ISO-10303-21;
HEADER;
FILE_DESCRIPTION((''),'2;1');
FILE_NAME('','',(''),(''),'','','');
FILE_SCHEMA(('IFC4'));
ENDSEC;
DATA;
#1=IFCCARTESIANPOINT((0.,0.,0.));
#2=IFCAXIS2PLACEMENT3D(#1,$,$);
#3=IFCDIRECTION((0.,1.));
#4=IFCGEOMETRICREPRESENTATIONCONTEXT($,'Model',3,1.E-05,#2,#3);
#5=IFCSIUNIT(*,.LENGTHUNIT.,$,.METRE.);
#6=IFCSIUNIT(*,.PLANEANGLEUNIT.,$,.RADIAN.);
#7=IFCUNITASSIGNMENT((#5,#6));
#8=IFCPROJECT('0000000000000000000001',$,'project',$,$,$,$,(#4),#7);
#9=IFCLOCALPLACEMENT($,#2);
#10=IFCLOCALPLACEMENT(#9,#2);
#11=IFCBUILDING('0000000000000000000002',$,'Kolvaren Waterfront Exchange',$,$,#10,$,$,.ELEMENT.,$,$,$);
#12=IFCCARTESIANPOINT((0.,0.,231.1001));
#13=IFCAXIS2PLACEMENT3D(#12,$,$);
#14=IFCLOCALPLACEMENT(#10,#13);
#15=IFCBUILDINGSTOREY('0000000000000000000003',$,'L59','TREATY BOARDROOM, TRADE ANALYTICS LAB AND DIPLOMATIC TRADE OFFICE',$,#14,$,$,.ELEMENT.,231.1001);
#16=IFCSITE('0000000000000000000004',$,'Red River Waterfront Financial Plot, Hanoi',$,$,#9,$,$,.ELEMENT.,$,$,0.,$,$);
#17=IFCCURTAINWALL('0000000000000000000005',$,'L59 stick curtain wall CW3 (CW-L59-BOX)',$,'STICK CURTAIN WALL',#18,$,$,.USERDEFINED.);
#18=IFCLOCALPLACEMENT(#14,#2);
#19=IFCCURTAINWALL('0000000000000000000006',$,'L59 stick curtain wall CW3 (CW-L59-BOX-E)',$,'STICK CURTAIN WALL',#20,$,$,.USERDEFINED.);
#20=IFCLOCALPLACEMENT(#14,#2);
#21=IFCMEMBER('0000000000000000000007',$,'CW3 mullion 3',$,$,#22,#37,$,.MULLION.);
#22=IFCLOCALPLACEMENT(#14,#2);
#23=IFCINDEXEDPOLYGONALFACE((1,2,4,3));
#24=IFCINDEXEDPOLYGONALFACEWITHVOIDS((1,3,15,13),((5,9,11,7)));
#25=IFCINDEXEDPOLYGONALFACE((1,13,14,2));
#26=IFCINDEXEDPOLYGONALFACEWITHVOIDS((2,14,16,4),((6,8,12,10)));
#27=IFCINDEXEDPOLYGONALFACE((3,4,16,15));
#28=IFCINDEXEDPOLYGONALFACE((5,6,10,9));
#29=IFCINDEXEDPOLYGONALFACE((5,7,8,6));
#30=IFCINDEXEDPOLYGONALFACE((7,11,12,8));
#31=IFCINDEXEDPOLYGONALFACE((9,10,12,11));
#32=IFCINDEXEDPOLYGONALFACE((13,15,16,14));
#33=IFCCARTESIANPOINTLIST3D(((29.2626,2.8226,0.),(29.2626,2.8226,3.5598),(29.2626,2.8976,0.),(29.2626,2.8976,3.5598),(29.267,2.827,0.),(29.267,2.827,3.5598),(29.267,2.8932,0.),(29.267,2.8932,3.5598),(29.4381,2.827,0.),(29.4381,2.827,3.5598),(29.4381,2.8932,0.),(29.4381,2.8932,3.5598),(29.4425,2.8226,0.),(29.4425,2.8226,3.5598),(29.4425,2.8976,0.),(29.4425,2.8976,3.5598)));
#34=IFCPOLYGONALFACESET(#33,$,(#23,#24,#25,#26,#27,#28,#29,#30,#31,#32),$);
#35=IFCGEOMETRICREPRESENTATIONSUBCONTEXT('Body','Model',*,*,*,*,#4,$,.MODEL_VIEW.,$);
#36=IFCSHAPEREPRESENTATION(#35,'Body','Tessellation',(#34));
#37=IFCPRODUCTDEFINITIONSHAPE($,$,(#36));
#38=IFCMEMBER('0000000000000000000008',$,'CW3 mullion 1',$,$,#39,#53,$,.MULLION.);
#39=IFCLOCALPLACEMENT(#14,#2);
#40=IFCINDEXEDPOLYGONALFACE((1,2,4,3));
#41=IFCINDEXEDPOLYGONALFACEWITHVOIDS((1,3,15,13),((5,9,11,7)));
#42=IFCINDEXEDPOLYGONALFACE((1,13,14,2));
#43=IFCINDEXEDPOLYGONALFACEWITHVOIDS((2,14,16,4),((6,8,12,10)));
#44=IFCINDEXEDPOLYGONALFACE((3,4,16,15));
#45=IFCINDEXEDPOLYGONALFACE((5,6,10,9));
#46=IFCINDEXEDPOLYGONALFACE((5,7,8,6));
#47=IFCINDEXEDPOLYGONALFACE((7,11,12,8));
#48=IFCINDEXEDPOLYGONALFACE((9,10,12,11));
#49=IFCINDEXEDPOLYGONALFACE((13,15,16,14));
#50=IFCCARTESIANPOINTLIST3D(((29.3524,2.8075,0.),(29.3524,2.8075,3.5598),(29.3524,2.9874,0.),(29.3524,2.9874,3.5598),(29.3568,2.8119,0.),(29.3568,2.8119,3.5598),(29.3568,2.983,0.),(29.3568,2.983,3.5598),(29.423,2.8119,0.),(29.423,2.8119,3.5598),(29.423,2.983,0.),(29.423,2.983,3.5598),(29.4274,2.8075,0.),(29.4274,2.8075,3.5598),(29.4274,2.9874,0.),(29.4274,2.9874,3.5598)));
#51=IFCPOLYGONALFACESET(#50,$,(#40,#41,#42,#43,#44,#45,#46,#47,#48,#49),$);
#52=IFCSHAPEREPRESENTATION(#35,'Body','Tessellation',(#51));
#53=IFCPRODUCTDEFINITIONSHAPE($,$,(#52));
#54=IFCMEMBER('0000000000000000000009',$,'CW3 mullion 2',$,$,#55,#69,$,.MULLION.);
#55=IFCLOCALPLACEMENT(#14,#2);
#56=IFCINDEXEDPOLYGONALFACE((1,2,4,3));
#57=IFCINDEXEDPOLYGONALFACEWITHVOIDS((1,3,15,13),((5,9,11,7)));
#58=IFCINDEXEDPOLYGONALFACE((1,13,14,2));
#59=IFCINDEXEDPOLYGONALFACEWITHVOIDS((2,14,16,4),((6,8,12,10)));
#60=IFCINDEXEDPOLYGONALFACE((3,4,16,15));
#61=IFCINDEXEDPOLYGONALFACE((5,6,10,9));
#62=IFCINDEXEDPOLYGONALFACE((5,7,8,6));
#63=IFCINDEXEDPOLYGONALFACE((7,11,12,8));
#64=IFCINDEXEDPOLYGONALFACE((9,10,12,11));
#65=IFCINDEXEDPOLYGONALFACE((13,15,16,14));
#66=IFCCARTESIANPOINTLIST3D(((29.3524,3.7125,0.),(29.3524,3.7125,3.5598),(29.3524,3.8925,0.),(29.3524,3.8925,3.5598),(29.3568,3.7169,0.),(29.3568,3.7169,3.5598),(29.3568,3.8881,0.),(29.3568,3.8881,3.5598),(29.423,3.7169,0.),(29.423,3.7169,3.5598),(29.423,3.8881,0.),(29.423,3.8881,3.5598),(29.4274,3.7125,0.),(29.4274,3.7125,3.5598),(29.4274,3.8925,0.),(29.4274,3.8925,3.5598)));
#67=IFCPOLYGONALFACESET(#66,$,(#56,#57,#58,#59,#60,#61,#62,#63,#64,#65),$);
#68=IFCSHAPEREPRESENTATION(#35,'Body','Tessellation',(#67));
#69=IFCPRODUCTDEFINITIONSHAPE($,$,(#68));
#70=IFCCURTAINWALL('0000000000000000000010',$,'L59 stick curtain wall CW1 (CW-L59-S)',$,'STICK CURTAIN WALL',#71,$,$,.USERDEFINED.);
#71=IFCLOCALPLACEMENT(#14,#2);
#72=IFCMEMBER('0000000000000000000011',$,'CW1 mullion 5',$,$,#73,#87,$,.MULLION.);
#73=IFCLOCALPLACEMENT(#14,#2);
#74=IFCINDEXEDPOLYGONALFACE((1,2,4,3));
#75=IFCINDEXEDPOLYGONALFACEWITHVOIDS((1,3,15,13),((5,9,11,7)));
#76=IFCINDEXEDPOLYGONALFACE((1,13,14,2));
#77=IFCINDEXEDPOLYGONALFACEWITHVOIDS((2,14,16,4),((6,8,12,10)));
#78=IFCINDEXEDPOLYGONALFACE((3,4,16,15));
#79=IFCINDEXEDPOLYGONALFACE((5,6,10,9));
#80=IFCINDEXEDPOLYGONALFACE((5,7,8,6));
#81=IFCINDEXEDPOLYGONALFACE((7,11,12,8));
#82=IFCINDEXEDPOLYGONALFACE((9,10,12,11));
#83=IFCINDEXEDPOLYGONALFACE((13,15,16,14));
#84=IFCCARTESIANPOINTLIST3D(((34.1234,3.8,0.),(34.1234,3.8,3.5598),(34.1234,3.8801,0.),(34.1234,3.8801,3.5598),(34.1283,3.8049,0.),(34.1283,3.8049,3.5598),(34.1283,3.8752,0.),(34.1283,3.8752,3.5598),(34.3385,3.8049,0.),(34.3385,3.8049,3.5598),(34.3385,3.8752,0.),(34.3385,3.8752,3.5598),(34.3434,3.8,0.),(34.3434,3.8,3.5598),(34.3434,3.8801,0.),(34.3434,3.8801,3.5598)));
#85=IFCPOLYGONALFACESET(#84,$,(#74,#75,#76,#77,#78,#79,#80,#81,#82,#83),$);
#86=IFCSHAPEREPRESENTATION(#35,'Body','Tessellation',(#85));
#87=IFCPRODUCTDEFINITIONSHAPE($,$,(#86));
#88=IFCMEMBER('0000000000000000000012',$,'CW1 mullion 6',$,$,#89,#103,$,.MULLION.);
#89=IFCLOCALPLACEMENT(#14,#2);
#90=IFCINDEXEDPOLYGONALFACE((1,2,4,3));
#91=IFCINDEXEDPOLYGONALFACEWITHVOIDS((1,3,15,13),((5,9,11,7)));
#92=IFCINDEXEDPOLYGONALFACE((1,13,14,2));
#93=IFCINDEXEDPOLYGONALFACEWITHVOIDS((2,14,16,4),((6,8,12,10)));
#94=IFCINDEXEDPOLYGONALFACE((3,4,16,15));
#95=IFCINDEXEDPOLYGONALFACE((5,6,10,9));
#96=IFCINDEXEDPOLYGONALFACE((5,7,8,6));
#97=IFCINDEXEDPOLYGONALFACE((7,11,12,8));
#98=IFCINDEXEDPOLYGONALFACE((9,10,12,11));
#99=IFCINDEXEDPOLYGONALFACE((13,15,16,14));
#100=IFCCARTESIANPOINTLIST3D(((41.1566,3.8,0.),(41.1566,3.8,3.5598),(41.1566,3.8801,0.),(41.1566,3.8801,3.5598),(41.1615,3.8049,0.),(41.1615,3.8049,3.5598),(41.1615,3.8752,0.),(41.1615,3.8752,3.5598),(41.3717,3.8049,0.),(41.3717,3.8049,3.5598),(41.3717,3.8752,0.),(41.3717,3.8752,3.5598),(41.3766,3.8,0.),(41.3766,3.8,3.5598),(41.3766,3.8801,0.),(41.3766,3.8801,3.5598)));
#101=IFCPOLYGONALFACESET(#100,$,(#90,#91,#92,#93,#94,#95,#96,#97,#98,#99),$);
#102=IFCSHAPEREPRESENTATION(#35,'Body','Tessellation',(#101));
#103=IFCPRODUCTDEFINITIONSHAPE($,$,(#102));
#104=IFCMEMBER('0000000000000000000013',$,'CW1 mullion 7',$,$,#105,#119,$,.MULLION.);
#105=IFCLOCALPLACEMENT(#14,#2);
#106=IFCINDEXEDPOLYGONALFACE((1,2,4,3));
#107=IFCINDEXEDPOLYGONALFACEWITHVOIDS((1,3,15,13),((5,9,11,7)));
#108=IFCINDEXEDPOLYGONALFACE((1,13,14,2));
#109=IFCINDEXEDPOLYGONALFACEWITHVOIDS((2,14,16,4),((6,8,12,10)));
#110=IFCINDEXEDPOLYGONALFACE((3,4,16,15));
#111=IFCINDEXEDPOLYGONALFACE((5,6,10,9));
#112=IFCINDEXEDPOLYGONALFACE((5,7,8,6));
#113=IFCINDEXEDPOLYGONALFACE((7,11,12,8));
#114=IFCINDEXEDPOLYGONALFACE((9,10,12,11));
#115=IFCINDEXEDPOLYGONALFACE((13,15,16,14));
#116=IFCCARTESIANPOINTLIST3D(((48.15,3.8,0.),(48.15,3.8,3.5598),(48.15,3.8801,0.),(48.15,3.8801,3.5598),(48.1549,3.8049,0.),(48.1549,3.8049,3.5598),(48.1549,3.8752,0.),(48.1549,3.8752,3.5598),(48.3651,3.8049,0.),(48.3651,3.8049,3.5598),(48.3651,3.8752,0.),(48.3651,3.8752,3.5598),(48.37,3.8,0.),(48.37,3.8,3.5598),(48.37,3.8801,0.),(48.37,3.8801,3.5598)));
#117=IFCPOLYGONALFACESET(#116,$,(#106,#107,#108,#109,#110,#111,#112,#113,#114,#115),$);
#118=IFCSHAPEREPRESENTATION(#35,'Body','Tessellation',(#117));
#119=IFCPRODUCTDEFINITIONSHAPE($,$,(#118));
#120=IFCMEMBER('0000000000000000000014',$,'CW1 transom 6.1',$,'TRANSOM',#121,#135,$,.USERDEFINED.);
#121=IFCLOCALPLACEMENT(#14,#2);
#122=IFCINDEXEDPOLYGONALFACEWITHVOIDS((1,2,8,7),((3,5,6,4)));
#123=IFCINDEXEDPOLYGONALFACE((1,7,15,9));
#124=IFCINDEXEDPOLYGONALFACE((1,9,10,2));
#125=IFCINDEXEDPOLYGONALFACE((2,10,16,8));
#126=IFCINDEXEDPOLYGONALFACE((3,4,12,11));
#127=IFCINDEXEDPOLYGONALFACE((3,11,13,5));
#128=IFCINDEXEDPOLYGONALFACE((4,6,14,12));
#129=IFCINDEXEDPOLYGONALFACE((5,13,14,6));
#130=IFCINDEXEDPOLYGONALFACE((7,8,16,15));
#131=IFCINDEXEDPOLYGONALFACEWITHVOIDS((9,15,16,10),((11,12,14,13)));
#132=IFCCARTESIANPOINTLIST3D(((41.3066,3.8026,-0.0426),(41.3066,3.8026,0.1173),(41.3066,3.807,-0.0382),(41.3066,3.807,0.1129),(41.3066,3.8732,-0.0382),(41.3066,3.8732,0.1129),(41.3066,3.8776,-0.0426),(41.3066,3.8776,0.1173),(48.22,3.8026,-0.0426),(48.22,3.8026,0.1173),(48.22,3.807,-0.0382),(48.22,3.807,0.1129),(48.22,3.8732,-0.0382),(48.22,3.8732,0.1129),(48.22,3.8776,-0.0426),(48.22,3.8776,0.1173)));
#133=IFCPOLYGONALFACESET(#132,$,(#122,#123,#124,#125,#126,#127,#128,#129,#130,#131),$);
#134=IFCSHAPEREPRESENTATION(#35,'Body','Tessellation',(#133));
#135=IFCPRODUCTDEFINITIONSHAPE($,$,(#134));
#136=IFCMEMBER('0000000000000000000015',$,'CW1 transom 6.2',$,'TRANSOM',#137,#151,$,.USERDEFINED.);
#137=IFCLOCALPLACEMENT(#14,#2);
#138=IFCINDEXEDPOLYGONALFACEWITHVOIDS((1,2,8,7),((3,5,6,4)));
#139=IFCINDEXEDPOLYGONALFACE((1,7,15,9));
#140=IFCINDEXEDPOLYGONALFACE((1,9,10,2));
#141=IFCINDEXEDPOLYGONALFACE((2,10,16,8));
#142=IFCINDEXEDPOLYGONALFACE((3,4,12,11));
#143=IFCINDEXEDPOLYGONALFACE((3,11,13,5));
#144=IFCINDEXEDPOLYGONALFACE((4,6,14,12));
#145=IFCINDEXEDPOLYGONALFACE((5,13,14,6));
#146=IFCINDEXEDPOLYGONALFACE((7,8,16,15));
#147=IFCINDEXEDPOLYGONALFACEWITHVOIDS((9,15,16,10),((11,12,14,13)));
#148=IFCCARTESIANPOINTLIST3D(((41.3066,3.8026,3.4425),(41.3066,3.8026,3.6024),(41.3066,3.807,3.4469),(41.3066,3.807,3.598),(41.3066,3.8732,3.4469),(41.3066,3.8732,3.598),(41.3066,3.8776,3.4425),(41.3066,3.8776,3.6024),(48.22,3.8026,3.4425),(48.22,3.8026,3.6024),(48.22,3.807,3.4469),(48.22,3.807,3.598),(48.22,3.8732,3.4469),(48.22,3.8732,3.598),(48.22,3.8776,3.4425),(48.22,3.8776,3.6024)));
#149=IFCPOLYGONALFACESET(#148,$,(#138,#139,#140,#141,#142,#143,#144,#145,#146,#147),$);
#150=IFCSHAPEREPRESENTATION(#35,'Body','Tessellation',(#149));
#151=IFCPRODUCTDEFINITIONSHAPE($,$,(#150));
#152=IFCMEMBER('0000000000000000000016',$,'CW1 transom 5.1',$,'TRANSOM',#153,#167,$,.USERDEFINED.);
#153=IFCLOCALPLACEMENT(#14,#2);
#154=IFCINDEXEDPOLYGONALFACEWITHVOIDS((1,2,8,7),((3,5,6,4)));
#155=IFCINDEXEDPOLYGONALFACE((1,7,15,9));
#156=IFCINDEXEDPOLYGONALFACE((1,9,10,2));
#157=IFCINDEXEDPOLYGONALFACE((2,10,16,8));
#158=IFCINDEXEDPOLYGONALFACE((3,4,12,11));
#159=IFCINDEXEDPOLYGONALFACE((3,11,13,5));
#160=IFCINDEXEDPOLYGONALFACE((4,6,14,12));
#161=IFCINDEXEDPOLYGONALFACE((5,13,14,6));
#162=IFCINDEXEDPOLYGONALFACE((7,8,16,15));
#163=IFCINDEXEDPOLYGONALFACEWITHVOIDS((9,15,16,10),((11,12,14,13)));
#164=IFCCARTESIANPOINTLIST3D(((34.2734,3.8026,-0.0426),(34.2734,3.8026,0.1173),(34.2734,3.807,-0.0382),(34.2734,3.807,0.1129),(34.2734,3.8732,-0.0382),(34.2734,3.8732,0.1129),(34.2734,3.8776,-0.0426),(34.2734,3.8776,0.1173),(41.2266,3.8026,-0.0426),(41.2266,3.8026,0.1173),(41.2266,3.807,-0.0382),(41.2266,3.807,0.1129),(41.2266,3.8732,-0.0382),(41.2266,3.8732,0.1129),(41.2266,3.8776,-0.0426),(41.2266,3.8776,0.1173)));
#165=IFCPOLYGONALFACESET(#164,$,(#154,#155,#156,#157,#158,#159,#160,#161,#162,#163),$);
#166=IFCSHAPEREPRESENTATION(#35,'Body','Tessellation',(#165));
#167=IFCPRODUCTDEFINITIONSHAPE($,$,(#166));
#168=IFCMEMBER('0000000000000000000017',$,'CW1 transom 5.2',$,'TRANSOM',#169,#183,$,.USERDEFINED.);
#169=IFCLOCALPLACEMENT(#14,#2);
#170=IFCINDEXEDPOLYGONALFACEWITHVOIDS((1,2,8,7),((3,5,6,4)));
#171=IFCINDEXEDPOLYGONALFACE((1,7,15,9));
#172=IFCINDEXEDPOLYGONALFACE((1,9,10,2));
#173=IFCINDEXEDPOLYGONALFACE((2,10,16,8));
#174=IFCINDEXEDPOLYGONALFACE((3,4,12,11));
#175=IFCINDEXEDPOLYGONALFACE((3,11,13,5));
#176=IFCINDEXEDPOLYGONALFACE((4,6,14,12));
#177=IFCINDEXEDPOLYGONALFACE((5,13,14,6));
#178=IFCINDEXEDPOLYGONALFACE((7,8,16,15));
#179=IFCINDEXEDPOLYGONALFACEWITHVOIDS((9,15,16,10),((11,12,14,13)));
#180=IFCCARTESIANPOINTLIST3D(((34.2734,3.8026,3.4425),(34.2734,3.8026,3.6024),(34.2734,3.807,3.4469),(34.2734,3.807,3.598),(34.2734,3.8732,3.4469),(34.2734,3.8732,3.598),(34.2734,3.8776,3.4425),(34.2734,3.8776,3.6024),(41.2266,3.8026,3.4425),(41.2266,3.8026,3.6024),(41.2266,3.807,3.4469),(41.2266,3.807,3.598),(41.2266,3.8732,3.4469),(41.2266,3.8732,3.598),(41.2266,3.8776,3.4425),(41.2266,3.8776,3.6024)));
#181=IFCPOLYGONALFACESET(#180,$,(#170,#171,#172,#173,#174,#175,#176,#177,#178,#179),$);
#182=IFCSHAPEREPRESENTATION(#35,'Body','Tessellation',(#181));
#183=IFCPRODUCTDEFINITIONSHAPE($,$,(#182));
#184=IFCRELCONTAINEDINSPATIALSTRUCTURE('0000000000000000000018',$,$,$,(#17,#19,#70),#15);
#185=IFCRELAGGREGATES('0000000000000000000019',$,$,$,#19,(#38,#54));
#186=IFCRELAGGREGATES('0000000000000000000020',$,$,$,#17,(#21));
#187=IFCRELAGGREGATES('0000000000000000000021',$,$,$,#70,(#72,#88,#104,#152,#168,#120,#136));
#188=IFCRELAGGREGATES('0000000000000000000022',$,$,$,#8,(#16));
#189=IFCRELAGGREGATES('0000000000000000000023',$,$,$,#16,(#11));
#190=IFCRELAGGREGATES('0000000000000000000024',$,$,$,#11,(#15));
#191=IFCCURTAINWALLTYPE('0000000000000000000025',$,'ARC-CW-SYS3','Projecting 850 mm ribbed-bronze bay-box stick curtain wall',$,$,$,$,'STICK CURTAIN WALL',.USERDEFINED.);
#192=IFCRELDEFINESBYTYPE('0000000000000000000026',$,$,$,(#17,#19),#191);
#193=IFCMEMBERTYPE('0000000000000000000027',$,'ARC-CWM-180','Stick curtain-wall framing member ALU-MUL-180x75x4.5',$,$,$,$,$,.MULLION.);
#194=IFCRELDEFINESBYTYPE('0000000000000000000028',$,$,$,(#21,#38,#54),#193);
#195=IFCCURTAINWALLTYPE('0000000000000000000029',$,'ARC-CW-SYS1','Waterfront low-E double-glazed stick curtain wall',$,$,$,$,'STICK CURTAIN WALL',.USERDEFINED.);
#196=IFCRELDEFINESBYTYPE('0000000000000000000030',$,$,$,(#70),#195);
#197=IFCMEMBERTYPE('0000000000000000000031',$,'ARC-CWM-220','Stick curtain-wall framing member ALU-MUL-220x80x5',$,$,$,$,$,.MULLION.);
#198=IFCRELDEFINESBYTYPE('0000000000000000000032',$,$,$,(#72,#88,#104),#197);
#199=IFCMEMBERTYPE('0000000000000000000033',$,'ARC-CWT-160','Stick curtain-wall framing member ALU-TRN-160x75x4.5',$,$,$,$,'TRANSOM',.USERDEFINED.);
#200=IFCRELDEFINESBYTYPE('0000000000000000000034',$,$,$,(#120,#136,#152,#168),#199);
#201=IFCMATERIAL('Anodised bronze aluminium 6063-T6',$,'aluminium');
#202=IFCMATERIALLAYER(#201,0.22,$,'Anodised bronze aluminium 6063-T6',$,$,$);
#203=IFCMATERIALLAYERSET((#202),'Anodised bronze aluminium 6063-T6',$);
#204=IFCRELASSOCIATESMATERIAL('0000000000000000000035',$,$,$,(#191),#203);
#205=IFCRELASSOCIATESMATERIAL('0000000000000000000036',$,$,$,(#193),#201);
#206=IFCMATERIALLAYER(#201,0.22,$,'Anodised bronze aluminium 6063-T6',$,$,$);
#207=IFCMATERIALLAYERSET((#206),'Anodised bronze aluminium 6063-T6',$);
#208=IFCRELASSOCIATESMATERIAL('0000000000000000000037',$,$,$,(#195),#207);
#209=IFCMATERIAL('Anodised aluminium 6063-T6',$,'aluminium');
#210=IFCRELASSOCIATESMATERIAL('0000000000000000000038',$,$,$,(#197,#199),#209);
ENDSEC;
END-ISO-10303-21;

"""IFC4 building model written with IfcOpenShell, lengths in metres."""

from ifc_helpers import new_model, si_unit, direction, frame, origin, origin_with_axes, origin_2d, place, context, subcontext, project, spatial, hollow_rectangle, extrude, source, transform, mapped, material, layer, layer_set, material_profile, profile_set, type_object, element, aggregate, save


model = new_model("IFC4")

# Units and contexts
model_context = context("Model", 3, precision=1e-05, world=origin(), true_north=direction((0.0, 1.0)))
body_context = subcontext(model_context, "Body", "Model", "MODEL_VIEW")
ifc_project = project(units=[si_unit("LENGTHUNIT", "METRE"), si_unit("PLANEANGLEUNIT", "RADIAN")], contexts=[model_context])

# Site, building, storey
site_placement = place(None, origin())
site = spatial("IfcSite", under=ifc_project, at=site_placement, Name="Red River Waterfront Financial Plot, Hanoi", CompositionType="ELEMENT", RefElevation=0.0)
building_placement = place(site_placement, origin())
building = spatial("IfcBuilding", under=site, at=building_placement, Name="Kolvaren Waterfront Exchange", CompositionType="ELEMENT")
storey_placement = place(building_placement, frame((0.0, 0.0, 231.1001)))
storey = spatial("IfcBuildingStorey", under=building, at=storey_placement, Name="L59", Description="TREATY BOARDROOM, TRADE ANALYTICS LAB AND DIPLOMATIC TRADE OFFICE", CompositionType="ELEMENT", Elevation=231.1001)

# Curtain walls
ifc_material_1 = material(Name="Anodised bronze aluminium 6063-T6", Category="aluminium")
ifc_layer_1 = layer(ifc_material_1, 0.22, Name="Anodised bronze aluminium 6063-T6")
ifc_layer_set_1 = layer_set([ifc_layer_1], Name="Anodised bronze aluminium 6063-T6")
curtain_wall_type_1 = type_object("IfcCurtainWallType", Name="ARC-CW-SYS3", Description="Projecting 850 mm ribbed-bronze bay-box stick curtain wall", ElementType="STICK CURTAIN WALL", PredefinedType="USERDEFINED", material=ifc_layer_set_1)
curtain_wall_1_placement = place(storey_placement, origin())
curtain_wall_1 = element("IfcCurtainWall", 1, at=curtain_wall_1_placement, inside=storey, type_object=curtain_wall_type_1, Name="L59 stick curtain wall CW3 (CW-L59-BOX)", ObjectType="STICK CURTAIN WALL", PredefinedType="USERDEFINED")
curtain_wall_2_placement = place(storey_placement, origin())
curtain_wall_2 = element("IfcCurtainWall", 2, at=curtain_wall_2_placement, inside=storey, type_object=curtain_wall_type_1, Name="L59 stick curtain wall CW3 (CW-L59-BOX-E)", ObjectType="STICK CURTAIN WALL", PredefinedType="USERDEFINED")

# Members
ifc_material_profile_1 = material_profile(ifc_material_1, hollow_rectangle(XDim=0.075, YDim=0.1799, WallThickness=0.0044, at=origin_2d()), Name="ALU-MUL-180x75x4.5")
ifc_profile_set_1 = profile_set([ifc_material_profile_1], Name="Anodised bronze aluminium 6063-T6")
member_type_1 = type_object("IfcMemberType", Name="ARC-CWM-180", Description="Stick curtain-wall framing member ALU-MUL-180x75x4.5", PredefinedType="MULLION", material=ifc_profile_set_1)
shared_shape_1 = source(origin_with_axes(), body_context, "Body", "SweptSolid", [
    extrude(hollow_rectangle(XDim=0.075, YDim=0.1799, WallThickness=0.0044, at=origin_2d()), origin(), (0.0, 0.0, 1.0), 3.5598),
])
member_1_placement = place(storey_placement, frame((29.3525, 2.8601, 0.0), z_axis=(0.0, 0.0, 1.0), x_axis=(0.0, 1.0, 0.0)))
member_1 = element("IfcMember", 3, at=member_1_placement, type_object=member_type_1, Name="CW3 mullion 3", PredefinedType="MULLION", context=body_context, shape_type="MappedRepresentation", body=[
    mapped(shared_shape_1, transform((0.0, 0.0, 0.0), x_axis=(1.0, 0.0, 0.0), y_axis=(0.0, 1.0, 0.0), z_axis=(0.0, 0.0, 1.0), scale=1.0)),
])
member_2_placement = place(storey_placement, frame((29.3899, 2.8975, 0.0), z_axis=(0.0, 0.0, 1.0), x_axis=(-1.0, 0.0, 0.0)))
member_2 = element("IfcMember", 4, at=member_2_placement, type_object=member_type_1, Name="CW3 mullion 1", PredefinedType="MULLION", context=body_context, shape_type="MappedRepresentation", body=[
    mapped(shared_shape_1, transform((0.0, 0.0, 0.0), x_axis=(1.0, 0.0, 0.0), y_axis=(0.0, 1.0, 0.0), z_axis=(0.0, 0.0, 1.0), scale=1.0)),
])
member_3_placement = place(storey_placement, frame((29.3899, 3.8025, 0.0), z_axis=(0.0, 0.0, 1.0), x_axis=(-1.0, 0.0, 0.0)))
member_3 = element("IfcMember", 5, at=member_3_placement, type_object=member_type_1, Name="CW3 mullion 2", PredefinedType="MULLION", context=body_context, shape_type="MappedRepresentation", body=[
    mapped(shared_shape_1, transform((0.0, 0.0, 0.0), x_axis=(1.0, 0.0, 0.0), y_axis=(0.0, 1.0, 0.0), z_axis=(0.0, 0.0, 1.0), scale=1.0)),
])

# Curtain wall, members
ifc_layer_2 = layer(ifc_material_1, 0.22, Name="Anodised bronze aluminium 6063-T6")
ifc_layer_set_2 = layer_set([ifc_layer_2], Name="Anodised bronze aluminium 6063-T6")
curtain_wall_type_2 = type_object("IfcCurtainWallType", Name="ARC-CW-SYS1", Description="Waterfront low-E double-glazed stick curtain wall", ElementType="STICK CURTAIN WALL", PredefinedType="USERDEFINED", material=ifc_layer_set_2)
curtain_wall_3_placement = place(storey_placement, origin())
curtain_wall_3 = element("IfcCurtainWall", 6, at=curtain_wall_3_placement, inside=storey, type_object=curtain_wall_type_2, Name="L59 stick curtain wall CW1 (CW-L59-S)", ObjectType="STICK CURTAIN WALL", PredefinedType="USERDEFINED")
ifc_material_2 = material(Name="Anodised aluminium 6063-T6", Category="aluminium")
ifc_material_profile_2 = material_profile(ifc_material_2, hollow_rectangle(XDim=0.0801, YDim=0.22, WallThickness=0.0049, at=origin_2d()), Name="ALU-MUL-220x80x5")
ifc_profile_set_2 = profile_set([ifc_material_profile_2], Name="Anodised aluminium 6063-T6")
member_type_2 = type_object("IfcMemberType", Name="ARC-CWM-220", Description="Stick curtain-wall framing member ALU-MUL-220x80x5", PredefinedType="MULLION", material=ifc_profile_set_2)
shared_shape_2 = source(origin_with_axes(), body_context, "Body", "SweptSolid", [
    extrude(hollow_rectangle(XDim=0.0801, YDim=0.22, WallThickness=0.0049, at=origin_2d()), origin(), (0.0, 0.0, 1.0), 3.5598),
])
member_4_placement = place(storey_placement, frame((34.2334, 3.8401, 0.0), z_axis=(0.0, 0.0, 1.0), x_axis=(0.0, 1.0, 0.0)))
member_4 = element("IfcMember", 7, at=member_4_placement, type_object=member_type_2, Name="CW1 mullion 5", PredefinedType="MULLION", context=body_context, shape_type="MappedRepresentation", body=[
    mapped(shared_shape_2, transform((0.0, 0.0, 0.0), x_axis=(1.0, 0.0, 0.0), y_axis=(0.0, 1.0, 0.0), z_axis=(0.0, 0.0, 1.0), scale=1.0)),
])
member_5_placement = place(storey_placement, frame((41.2666, 3.8401, 0.0), z_axis=(0.0, 0.0, 1.0), x_axis=(0.0, 1.0, 0.0)))
member_5 = element("IfcMember", 8, at=member_5_placement, type_object=member_type_2, Name="CW1 mullion 6", PredefinedType="MULLION", context=body_context, shape_type="MappedRepresentation", body=[
    mapped(shared_shape_2, transform((0.0, 0.0, 0.0), x_axis=(1.0, 0.0, 0.0), y_axis=(0.0, 1.0, 0.0), z_axis=(0.0, 0.0, 1.0), scale=1.0)),
])
member_6_placement = place(storey_placement, frame((48.26, 3.8401, 0.0), z_axis=(0.0, 0.0, 1.0), x_axis=(0.0, 1.0, 0.0)))
member_6 = element("IfcMember", 9, at=member_6_placement, type_object=member_type_2, Name="CW1 mullion 7", PredefinedType="MULLION", context=body_context, shape_type="MappedRepresentation", body=[
    mapped(shared_shape_2, transform((0.0, 0.0, 0.0), x_axis=(1.0, 0.0, 0.0), y_axis=(0.0, 1.0, 0.0), z_axis=(0.0, 0.0, 1.0), scale=1.0)),
])
ifc_material_profile_3 = material_profile(ifc_material_2, hollow_rectangle(XDim=0.075, YDim=0.1599, WallThickness=0.0044, at=origin_2d()), Name="ALU-TRN-160x75x4.5")
ifc_profile_set_3 = profile_set([ifc_material_profile_3], Name="Anodised aluminium 6063-T6")
member_type_3 = type_object("IfcMemberType", Name="ARC-CWT-160", Description="Stick curtain-wall framing member ALU-TRN-160x75x4.5", ElementType="TRANSOM", PredefinedType="USERDEFINED", material=ifc_profile_set_3)
shared_shape_3 = source(origin_with_axes(), body_context, "Body", "SweptSolid", [
    extrude(hollow_rectangle(XDim=0.075, YDim=0.1599, WallThickness=0.0044, at=origin_2d()), origin(), (0.0, 0.0, 1.0), 6.9133),
])
member_7_placement = place(storey_placement, frame((41.3066, 3.8401, 0.0374), z_axis=(1.0, 0.0, 0.0), x_axis=(0.0, 1.0, 0.0)))
member_7 = element("IfcMember", 10, at=member_7_placement, type_object=member_type_3, Name="CW1 transom 6.1", ObjectType="TRANSOM", PredefinedType="USERDEFINED", context=body_context, shape_type="MappedRepresentation", body=[
    mapped(shared_shape_3, transform((0.0, 0.0, 0.0), x_axis=(1.0, 0.0, 0.0), y_axis=(0.0, 1.0, 0.0), z_axis=(0.0, 0.0, 1.0), scale=1.0)),
])
member_8_placement = place(storey_placement, frame((41.3066, 3.8401, 3.5225), z_axis=(1.0, 0.0, 0.0), x_axis=(0.0, 1.0, 0.0)))
member_8 = element("IfcMember", 11, at=member_8_placement, type_object=member_type_3, Name="CW1 transom 6.2", ObjectType="TRANSOM", PredefinedType="USERDEFINED", context=body_context, shape_type="MappedRepresentation", body=[
    mapped(shared_shape_3, transform((0.0, 0.0, 0.0), x_axis=(1.0, 0.0, 0.0), y_axis=(0.0, 1.0, 0.0), z_axis=(0.0, 0.0, 1.0), scale=1.0)),
])
shared_shape_4 = source(origin_with_axes(), body_context, "Body", "SweptSolid", [
    extrude(hollow_rectangle(XDim=0.075, YDim=0.1599, WallThickness=0.0044, at=origin_2d()), origin(), (0.0, 0.0, 1.0), 6.9531),
])
member_9_placement = place(storey_placement, frame((34.2734, 3.8401, 0.0374), z_axis=(1.0, 0.0, 0.0), x_axis=(0.0, 1.0, 0.0)))
member_9 = element("IfcMember", 12, at=member_9_placement, type_object=member_type_3, Name="CW1 transom 5.1", ObjectType="TRANSOM", PredefinedType="USERDEFINED", context=body_context, shape_type="MappedRepresentation", body=[
    mapped(shared_shape_4, transform((0.0, 0.0, 0.0), x_axis=(1.0, 0.0, 0.0), y_axis=(0.0, 1.0, 0.0), z_axis=(0.0, 0.0, 1.0), scale=1.0)),
])
member_10_placement = place(storey_placement, frame((34.2734, 3.8401, 3.5225), z_axis=(1.0, 0.0, 0.0), x_axis=(0.0, 1.0, 0.0)))
member_10 = element("IfcMember", 13, at=member_10_placement, type_object=member_type_3, Name="CW1 transom 5.2", ObjectType="TRANSOM", PredefinedType="USERDEFINED", context=body_context, shape_type="MappedRepresentation", body=[
    mapped(shared_shape_4, transform((0.0, 0.0, 0.0), x_axis=(1.0, 0.0, 0.0), y_axis=(0.0, 1.0, 0.0), z_axis=(0.0, 0.0, 1.0), scale=1.0)),
])

aggregate(curtain_wall_2, [member_2, member_3])
aggregate(curtain_wall_1, [member_1])
aggregate(curtain_wall_3, [member_4, member_5, member_6, member_9, member_10, member_7, member_8])

save(model, "model.ifc")
